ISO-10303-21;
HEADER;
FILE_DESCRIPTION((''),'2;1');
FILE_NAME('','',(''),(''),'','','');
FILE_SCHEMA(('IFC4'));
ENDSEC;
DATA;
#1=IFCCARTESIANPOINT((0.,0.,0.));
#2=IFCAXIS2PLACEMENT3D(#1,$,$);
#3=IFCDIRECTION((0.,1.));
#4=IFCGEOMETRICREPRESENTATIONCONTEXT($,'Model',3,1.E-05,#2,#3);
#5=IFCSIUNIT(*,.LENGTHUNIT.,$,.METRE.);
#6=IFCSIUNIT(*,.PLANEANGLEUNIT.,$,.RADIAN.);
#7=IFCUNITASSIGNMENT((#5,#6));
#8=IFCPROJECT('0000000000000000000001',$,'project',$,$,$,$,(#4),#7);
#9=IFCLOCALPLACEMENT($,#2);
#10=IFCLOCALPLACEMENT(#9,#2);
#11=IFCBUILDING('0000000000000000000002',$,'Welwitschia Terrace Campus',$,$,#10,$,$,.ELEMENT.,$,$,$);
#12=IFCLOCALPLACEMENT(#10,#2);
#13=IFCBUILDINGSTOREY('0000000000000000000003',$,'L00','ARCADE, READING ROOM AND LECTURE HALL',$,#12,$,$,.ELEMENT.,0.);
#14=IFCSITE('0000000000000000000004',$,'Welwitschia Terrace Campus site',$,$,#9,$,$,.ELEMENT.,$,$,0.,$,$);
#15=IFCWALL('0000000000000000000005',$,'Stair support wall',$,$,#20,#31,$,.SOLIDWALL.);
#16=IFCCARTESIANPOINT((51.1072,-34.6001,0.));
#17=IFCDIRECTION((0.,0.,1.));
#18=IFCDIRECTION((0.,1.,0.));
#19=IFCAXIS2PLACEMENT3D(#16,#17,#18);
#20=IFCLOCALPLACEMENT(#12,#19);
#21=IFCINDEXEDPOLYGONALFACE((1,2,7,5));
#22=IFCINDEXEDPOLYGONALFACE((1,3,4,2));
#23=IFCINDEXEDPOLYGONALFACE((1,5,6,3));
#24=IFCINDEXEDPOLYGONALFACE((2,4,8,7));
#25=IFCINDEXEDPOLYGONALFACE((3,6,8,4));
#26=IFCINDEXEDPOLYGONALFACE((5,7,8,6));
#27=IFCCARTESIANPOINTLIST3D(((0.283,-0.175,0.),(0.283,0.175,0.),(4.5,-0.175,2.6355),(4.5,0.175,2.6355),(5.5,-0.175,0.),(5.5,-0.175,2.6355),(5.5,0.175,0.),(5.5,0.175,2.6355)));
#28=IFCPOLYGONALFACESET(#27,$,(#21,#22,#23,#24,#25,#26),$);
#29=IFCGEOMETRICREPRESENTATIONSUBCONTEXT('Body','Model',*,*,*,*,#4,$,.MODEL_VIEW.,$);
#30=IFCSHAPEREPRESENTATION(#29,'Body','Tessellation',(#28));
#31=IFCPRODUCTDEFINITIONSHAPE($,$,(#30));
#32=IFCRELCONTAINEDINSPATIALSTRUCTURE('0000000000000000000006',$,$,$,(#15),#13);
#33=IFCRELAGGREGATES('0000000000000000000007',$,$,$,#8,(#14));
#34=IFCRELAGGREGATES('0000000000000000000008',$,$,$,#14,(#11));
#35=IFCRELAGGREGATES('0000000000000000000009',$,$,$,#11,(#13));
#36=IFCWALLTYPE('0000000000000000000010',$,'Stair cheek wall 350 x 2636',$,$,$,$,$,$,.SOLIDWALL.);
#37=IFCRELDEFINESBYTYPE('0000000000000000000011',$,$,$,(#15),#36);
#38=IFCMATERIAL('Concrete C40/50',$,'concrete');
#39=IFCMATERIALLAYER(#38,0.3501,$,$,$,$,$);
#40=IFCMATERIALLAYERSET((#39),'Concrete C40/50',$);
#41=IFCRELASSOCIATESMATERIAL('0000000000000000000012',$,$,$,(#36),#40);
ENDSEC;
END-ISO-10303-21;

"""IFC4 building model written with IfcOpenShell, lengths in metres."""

from ifc_helpers import new_model, si_unit, direction, frame, origin, place, context, subcontext, project, spatial, polyline, outline, extrude, material, layer, layer_set, type_object, element, save


model = new_model("IFC4")

# Units and contexts
model_context = context("Model", 3, precision=1e-05, world=origin(), true_north=direction((0.0, 1.0)))
body_context = subcontext(model_context, "Body", "Model", "MODEL_VIEW")
ifc_project = project(units=[si_unit("LENGTHUNIT", "METRE"), si_unit("PLANEANGLEUNIT", "RADIAN")], contexts=[model_context])

# Site, building, storey
site_placement = place(None, origin())
site = spatial("IfcSite", under=ifc_project, at=site_placement, Name="Welwitschia Terrace Campus site", CompositionType="ELEMENT", RefElevation=0.0)
building_placement = place(site_placement, origin())
building = spatial("IfcBuilding", under=site, at=building_placement, Name="Welwitschia Terrace Campus", CompositionType="ELEMENT")
storey_placement = place(building_placement, origin())
storey = spatial("IfcBuildingStorey", under=building, at=storey_placement, Name="L00", Description="ARCADE, READING ROOM AND LECTURE HALL", CompositionType="ELEMENT", Elevation=0.0)

# Wall
ifc_material_1 = material(Name="Concrete C40/50", Category="concrete")
ifc_layer_1 = layer(ifc_material_1, 0.3501)
ifc_layer_set_1 = layer_set([ifc_layer_1], Name="Concrete C40/50")
wall_type_1 = type_object("IfcWallType", Name="Stair cheek wall 350 x 2636", PredefinedType="SOLIDWALL", material=ifc_layer_set_1)
wall_1_placement = place(storey_placement, frame((51.1072, -34.6001, 0.0), z_axis=(0.0, 0.0, 1.0), x_axis=(0.0, 1.0, 0.0)))
element("IfcWall", 1, at=wall_1_placement, inside=storey, type_object=wall_type_1, Name="Stair support wall", PredefinedType="SOLIDWALL", context=body_context, shape_type="SweptSolid", body=[
    extrude(outline(polyline([(0.0, 0.0), (5.5, 0.0), (5.5, 2.6355), (4.5, 2.6355), (0.283, 0.0), (0.0, 0.0), (0.0, 0.0)])), frame((0.0, 0.175, 0.0), z_axis=(0.0, -1.0, 0.0), x_axis=(1.0, 0.0, 0.0)), (0.0, 0.0, 1.0), 0.3501),
])

save(model, "model.ifc")
